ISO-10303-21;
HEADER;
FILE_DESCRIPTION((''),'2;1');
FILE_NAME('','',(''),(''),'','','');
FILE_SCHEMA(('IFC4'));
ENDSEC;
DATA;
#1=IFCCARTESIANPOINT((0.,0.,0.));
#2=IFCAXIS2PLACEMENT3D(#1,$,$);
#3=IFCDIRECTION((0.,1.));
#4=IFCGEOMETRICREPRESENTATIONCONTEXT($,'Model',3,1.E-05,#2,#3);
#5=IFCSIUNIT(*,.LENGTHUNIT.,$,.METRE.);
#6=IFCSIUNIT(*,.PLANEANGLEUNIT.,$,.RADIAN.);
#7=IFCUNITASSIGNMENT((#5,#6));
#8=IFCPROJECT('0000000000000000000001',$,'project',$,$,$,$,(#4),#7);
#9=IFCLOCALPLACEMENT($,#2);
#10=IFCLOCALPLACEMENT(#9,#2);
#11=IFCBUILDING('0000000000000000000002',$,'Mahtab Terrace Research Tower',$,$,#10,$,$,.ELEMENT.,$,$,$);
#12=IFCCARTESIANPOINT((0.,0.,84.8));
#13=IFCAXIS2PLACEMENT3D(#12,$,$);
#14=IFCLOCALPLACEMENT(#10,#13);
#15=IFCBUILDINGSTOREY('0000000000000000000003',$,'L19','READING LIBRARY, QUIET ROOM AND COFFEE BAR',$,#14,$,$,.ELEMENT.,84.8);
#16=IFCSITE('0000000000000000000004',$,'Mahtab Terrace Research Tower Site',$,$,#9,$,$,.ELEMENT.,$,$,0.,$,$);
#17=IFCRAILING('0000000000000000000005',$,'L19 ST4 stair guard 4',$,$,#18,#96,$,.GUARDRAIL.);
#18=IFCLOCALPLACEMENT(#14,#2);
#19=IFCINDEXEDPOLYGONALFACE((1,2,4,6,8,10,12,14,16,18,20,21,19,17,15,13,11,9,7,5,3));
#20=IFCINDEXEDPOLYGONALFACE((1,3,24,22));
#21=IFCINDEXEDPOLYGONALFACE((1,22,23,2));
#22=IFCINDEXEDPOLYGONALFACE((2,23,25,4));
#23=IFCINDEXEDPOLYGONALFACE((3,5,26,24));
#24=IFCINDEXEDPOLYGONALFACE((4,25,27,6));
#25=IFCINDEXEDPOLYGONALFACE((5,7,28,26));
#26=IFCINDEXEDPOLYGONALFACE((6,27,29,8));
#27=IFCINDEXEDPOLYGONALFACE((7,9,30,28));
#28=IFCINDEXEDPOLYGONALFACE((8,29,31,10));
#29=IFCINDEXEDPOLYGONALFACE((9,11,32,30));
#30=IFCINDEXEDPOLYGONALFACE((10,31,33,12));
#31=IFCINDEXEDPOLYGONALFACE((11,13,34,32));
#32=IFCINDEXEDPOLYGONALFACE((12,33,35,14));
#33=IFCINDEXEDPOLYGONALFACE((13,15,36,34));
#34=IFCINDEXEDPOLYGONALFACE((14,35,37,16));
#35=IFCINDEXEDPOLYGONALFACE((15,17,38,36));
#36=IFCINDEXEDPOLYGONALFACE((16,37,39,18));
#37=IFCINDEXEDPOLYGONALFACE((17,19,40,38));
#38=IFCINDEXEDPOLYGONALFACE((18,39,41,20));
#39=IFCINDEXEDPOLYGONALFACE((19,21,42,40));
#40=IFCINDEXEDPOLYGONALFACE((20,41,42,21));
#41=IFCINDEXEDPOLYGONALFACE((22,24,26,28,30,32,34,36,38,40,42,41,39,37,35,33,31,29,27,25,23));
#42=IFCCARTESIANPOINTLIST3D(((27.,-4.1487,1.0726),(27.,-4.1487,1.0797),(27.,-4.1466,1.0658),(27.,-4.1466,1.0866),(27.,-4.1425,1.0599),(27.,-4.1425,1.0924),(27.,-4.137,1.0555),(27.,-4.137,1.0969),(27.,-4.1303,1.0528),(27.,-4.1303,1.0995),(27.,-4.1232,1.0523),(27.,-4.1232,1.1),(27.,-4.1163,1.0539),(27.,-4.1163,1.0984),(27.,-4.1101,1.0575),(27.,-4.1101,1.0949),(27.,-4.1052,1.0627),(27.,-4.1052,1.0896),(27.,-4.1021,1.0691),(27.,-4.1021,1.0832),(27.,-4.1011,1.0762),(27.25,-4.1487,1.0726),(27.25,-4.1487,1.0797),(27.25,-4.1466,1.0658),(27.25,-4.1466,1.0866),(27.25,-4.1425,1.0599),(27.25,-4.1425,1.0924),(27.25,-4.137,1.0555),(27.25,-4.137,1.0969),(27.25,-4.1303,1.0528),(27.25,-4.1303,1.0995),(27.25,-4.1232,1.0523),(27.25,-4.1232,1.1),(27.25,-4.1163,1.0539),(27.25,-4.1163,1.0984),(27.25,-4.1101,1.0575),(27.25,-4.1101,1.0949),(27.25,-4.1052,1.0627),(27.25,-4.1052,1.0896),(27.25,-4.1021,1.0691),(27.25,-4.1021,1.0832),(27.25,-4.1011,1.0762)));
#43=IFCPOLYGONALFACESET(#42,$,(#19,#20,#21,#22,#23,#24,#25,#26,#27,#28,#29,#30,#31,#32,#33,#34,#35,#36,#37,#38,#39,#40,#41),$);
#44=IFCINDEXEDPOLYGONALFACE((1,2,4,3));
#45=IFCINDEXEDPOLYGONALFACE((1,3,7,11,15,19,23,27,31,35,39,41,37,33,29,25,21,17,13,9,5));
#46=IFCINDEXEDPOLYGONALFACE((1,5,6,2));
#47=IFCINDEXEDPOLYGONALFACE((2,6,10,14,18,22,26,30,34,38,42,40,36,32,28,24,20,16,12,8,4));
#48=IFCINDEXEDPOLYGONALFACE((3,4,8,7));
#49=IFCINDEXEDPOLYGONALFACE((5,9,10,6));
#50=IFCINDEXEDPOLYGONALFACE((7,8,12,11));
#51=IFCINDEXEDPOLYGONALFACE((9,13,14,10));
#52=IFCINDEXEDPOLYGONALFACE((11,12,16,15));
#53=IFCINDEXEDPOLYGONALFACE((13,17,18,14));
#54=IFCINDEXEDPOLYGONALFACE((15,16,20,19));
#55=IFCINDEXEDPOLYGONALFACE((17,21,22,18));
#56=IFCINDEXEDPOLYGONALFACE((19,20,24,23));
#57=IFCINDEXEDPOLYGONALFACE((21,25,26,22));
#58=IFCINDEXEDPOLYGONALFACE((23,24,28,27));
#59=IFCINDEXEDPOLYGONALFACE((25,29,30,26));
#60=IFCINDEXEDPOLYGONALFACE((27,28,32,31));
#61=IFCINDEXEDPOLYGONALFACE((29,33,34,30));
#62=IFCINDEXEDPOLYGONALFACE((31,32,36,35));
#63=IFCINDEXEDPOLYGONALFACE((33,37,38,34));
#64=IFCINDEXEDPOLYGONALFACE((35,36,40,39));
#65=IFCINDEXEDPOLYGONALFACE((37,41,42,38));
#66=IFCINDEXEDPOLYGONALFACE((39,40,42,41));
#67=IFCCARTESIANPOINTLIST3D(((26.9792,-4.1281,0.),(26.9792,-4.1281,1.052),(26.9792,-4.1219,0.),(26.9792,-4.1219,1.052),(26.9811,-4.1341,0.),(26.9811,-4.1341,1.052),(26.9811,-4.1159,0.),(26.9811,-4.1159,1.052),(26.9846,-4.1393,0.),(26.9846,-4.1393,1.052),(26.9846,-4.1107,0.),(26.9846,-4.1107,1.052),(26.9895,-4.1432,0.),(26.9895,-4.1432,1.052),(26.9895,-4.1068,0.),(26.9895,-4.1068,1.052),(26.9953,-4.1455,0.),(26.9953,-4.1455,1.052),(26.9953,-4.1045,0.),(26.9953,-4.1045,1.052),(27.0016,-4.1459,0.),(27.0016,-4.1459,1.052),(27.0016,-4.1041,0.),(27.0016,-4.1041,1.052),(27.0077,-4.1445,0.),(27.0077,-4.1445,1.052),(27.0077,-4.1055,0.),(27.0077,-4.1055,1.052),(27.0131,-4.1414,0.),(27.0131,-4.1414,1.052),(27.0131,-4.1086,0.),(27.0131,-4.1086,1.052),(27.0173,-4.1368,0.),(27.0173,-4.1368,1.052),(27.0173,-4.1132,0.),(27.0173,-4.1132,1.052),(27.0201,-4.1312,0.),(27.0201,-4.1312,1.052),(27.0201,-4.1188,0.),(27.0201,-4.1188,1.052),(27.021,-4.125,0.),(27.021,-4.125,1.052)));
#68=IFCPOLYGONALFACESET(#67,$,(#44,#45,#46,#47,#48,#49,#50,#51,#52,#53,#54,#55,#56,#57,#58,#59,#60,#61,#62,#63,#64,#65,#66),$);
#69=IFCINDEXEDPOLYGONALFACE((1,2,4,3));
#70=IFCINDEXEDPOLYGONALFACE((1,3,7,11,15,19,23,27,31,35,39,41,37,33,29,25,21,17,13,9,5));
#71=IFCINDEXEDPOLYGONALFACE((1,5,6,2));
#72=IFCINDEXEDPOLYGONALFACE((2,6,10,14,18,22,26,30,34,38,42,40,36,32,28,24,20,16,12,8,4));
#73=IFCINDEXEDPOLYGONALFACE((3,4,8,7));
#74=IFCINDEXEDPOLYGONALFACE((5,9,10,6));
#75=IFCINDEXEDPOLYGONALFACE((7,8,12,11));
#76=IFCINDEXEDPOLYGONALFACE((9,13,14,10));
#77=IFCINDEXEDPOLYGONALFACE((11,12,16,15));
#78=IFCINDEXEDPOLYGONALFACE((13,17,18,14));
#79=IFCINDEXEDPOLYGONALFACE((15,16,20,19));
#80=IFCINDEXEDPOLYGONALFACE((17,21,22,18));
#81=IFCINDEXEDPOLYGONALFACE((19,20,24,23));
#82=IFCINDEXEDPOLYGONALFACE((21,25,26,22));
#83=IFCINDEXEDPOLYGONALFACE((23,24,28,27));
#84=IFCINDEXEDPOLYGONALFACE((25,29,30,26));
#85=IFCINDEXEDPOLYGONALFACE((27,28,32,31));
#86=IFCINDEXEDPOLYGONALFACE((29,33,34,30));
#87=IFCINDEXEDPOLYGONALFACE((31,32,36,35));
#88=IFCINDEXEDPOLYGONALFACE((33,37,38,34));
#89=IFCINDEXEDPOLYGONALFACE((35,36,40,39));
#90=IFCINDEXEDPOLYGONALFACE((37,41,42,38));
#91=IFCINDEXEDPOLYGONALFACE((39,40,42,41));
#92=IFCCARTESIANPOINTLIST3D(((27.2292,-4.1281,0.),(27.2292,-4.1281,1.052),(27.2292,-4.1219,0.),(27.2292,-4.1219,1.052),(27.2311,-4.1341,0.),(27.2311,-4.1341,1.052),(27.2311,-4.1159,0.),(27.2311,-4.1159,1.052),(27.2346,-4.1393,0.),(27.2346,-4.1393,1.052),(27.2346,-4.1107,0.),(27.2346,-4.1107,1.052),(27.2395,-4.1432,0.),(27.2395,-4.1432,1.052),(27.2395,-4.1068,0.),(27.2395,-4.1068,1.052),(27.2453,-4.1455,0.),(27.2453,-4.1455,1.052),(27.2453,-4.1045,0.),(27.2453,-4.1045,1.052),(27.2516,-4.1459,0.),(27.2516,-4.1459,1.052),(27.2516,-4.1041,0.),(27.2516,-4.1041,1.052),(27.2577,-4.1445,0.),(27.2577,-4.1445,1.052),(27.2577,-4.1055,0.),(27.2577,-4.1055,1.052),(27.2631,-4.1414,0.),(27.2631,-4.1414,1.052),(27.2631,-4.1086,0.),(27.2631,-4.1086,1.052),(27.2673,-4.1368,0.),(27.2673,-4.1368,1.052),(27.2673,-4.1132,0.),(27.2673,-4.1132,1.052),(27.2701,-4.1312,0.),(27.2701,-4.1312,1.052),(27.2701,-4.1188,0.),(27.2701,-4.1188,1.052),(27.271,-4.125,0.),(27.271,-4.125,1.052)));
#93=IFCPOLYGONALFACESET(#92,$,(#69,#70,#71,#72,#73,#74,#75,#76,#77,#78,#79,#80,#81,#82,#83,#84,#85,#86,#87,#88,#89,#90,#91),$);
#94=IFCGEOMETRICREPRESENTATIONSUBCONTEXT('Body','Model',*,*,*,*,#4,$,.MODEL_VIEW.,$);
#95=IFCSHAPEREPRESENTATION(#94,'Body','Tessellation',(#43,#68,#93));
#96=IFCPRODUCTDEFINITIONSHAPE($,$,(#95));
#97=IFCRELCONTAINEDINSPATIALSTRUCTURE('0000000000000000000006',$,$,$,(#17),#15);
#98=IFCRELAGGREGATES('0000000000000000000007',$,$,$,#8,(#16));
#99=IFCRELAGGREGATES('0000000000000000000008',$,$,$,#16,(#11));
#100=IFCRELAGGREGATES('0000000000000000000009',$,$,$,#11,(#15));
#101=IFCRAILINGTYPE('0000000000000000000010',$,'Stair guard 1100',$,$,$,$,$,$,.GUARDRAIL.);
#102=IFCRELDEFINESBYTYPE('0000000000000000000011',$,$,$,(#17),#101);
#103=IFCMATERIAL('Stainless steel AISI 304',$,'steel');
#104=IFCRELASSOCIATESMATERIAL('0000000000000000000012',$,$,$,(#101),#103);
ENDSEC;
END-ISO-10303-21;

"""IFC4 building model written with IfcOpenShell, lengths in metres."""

from ifc_helpers import new_model, si_unit, direction, frame, origin, origin_2d, place, context, subcontext, project, spatial, circle, extrude, material, type_object, element, save


model = new_model("IFC4")

# Units and contexts
model_context = context("Model", 3, precision=1e-05, world=origin(), true_north=direction((0.0, 1.0)))
body_context = subcontext(model_context, "Body", "Model", "MODEL_VIEW")
ifc_project = project(units=[si_unit("LENGTHUNIT", "METRE"), si_unit("PLANEANGLEUNIT", "RADIAN")], contexts=[model_context])

# Site, building, storey
site_placement = place(None, origin())
site = spatial("IfcSite", under=ifc_project, at=site_placement, Name="Mahtab Terrace Research Tower Site", CompositionType="ELEMENT", RefElevation=0.0)
building_placement = place(site_placement, origin())
building = spatial("IfcBuilding", under=site, at=building_placement, Name="Mahtab Terrace Research Tower", CompositionType="ELEMENT")
storey_placement = place(building_placement, frame((0.0, 0.0, 84.8)))
storey = spatial("IfcBuildingStorey", under=building, at=storey_placement, Name="L19", Description="READING LIBRARY, QUIET ROOM AND COFFEE BAR", CompositionType="ELEMENT", Elevation=84.8)

# Railing
ifc_material_1 = material(Name="Stainless steel AISI 304", Category="steel")
railing_type_1 = type_object("IfcRailingType", Name="Stair guard 1100", PredefinedType="GUARDRAIL", material=ifc_material_1)
railing_1_placement = place(storey_placement, frame((27.0, -4.125, 0.0)))
element("IfcRailing", 1, at=railing_1_placement, inside=storey, type_object=railing_type_1, Name="L19 ST4 stair guard 4", PredefinedType="GUARDRAIL", context=body_context, shape_type="SweptSolid", body=[
    extrude(circle(Radius=0.0239, at=origin_2d()), frame((0.0, 0.0, 1.0762), z_axis=(1.0, 0.0, 0.0), x_axis=(0.0, 1.0, 0.0)), (0.0, 0.0, 1.0), 0.25),
    extrude(circle(Radius=0.021, at=origin_2d()), origin(), (0.0, 0.0, 1.0), 1.052),
    extrude(circle(Radius=0.021, at=origin_2d()), frame((0.25, 0.0, 0.0)), (0.0, 0.0, 1.0), 1.052),
])

save(model, "model.ifc")
